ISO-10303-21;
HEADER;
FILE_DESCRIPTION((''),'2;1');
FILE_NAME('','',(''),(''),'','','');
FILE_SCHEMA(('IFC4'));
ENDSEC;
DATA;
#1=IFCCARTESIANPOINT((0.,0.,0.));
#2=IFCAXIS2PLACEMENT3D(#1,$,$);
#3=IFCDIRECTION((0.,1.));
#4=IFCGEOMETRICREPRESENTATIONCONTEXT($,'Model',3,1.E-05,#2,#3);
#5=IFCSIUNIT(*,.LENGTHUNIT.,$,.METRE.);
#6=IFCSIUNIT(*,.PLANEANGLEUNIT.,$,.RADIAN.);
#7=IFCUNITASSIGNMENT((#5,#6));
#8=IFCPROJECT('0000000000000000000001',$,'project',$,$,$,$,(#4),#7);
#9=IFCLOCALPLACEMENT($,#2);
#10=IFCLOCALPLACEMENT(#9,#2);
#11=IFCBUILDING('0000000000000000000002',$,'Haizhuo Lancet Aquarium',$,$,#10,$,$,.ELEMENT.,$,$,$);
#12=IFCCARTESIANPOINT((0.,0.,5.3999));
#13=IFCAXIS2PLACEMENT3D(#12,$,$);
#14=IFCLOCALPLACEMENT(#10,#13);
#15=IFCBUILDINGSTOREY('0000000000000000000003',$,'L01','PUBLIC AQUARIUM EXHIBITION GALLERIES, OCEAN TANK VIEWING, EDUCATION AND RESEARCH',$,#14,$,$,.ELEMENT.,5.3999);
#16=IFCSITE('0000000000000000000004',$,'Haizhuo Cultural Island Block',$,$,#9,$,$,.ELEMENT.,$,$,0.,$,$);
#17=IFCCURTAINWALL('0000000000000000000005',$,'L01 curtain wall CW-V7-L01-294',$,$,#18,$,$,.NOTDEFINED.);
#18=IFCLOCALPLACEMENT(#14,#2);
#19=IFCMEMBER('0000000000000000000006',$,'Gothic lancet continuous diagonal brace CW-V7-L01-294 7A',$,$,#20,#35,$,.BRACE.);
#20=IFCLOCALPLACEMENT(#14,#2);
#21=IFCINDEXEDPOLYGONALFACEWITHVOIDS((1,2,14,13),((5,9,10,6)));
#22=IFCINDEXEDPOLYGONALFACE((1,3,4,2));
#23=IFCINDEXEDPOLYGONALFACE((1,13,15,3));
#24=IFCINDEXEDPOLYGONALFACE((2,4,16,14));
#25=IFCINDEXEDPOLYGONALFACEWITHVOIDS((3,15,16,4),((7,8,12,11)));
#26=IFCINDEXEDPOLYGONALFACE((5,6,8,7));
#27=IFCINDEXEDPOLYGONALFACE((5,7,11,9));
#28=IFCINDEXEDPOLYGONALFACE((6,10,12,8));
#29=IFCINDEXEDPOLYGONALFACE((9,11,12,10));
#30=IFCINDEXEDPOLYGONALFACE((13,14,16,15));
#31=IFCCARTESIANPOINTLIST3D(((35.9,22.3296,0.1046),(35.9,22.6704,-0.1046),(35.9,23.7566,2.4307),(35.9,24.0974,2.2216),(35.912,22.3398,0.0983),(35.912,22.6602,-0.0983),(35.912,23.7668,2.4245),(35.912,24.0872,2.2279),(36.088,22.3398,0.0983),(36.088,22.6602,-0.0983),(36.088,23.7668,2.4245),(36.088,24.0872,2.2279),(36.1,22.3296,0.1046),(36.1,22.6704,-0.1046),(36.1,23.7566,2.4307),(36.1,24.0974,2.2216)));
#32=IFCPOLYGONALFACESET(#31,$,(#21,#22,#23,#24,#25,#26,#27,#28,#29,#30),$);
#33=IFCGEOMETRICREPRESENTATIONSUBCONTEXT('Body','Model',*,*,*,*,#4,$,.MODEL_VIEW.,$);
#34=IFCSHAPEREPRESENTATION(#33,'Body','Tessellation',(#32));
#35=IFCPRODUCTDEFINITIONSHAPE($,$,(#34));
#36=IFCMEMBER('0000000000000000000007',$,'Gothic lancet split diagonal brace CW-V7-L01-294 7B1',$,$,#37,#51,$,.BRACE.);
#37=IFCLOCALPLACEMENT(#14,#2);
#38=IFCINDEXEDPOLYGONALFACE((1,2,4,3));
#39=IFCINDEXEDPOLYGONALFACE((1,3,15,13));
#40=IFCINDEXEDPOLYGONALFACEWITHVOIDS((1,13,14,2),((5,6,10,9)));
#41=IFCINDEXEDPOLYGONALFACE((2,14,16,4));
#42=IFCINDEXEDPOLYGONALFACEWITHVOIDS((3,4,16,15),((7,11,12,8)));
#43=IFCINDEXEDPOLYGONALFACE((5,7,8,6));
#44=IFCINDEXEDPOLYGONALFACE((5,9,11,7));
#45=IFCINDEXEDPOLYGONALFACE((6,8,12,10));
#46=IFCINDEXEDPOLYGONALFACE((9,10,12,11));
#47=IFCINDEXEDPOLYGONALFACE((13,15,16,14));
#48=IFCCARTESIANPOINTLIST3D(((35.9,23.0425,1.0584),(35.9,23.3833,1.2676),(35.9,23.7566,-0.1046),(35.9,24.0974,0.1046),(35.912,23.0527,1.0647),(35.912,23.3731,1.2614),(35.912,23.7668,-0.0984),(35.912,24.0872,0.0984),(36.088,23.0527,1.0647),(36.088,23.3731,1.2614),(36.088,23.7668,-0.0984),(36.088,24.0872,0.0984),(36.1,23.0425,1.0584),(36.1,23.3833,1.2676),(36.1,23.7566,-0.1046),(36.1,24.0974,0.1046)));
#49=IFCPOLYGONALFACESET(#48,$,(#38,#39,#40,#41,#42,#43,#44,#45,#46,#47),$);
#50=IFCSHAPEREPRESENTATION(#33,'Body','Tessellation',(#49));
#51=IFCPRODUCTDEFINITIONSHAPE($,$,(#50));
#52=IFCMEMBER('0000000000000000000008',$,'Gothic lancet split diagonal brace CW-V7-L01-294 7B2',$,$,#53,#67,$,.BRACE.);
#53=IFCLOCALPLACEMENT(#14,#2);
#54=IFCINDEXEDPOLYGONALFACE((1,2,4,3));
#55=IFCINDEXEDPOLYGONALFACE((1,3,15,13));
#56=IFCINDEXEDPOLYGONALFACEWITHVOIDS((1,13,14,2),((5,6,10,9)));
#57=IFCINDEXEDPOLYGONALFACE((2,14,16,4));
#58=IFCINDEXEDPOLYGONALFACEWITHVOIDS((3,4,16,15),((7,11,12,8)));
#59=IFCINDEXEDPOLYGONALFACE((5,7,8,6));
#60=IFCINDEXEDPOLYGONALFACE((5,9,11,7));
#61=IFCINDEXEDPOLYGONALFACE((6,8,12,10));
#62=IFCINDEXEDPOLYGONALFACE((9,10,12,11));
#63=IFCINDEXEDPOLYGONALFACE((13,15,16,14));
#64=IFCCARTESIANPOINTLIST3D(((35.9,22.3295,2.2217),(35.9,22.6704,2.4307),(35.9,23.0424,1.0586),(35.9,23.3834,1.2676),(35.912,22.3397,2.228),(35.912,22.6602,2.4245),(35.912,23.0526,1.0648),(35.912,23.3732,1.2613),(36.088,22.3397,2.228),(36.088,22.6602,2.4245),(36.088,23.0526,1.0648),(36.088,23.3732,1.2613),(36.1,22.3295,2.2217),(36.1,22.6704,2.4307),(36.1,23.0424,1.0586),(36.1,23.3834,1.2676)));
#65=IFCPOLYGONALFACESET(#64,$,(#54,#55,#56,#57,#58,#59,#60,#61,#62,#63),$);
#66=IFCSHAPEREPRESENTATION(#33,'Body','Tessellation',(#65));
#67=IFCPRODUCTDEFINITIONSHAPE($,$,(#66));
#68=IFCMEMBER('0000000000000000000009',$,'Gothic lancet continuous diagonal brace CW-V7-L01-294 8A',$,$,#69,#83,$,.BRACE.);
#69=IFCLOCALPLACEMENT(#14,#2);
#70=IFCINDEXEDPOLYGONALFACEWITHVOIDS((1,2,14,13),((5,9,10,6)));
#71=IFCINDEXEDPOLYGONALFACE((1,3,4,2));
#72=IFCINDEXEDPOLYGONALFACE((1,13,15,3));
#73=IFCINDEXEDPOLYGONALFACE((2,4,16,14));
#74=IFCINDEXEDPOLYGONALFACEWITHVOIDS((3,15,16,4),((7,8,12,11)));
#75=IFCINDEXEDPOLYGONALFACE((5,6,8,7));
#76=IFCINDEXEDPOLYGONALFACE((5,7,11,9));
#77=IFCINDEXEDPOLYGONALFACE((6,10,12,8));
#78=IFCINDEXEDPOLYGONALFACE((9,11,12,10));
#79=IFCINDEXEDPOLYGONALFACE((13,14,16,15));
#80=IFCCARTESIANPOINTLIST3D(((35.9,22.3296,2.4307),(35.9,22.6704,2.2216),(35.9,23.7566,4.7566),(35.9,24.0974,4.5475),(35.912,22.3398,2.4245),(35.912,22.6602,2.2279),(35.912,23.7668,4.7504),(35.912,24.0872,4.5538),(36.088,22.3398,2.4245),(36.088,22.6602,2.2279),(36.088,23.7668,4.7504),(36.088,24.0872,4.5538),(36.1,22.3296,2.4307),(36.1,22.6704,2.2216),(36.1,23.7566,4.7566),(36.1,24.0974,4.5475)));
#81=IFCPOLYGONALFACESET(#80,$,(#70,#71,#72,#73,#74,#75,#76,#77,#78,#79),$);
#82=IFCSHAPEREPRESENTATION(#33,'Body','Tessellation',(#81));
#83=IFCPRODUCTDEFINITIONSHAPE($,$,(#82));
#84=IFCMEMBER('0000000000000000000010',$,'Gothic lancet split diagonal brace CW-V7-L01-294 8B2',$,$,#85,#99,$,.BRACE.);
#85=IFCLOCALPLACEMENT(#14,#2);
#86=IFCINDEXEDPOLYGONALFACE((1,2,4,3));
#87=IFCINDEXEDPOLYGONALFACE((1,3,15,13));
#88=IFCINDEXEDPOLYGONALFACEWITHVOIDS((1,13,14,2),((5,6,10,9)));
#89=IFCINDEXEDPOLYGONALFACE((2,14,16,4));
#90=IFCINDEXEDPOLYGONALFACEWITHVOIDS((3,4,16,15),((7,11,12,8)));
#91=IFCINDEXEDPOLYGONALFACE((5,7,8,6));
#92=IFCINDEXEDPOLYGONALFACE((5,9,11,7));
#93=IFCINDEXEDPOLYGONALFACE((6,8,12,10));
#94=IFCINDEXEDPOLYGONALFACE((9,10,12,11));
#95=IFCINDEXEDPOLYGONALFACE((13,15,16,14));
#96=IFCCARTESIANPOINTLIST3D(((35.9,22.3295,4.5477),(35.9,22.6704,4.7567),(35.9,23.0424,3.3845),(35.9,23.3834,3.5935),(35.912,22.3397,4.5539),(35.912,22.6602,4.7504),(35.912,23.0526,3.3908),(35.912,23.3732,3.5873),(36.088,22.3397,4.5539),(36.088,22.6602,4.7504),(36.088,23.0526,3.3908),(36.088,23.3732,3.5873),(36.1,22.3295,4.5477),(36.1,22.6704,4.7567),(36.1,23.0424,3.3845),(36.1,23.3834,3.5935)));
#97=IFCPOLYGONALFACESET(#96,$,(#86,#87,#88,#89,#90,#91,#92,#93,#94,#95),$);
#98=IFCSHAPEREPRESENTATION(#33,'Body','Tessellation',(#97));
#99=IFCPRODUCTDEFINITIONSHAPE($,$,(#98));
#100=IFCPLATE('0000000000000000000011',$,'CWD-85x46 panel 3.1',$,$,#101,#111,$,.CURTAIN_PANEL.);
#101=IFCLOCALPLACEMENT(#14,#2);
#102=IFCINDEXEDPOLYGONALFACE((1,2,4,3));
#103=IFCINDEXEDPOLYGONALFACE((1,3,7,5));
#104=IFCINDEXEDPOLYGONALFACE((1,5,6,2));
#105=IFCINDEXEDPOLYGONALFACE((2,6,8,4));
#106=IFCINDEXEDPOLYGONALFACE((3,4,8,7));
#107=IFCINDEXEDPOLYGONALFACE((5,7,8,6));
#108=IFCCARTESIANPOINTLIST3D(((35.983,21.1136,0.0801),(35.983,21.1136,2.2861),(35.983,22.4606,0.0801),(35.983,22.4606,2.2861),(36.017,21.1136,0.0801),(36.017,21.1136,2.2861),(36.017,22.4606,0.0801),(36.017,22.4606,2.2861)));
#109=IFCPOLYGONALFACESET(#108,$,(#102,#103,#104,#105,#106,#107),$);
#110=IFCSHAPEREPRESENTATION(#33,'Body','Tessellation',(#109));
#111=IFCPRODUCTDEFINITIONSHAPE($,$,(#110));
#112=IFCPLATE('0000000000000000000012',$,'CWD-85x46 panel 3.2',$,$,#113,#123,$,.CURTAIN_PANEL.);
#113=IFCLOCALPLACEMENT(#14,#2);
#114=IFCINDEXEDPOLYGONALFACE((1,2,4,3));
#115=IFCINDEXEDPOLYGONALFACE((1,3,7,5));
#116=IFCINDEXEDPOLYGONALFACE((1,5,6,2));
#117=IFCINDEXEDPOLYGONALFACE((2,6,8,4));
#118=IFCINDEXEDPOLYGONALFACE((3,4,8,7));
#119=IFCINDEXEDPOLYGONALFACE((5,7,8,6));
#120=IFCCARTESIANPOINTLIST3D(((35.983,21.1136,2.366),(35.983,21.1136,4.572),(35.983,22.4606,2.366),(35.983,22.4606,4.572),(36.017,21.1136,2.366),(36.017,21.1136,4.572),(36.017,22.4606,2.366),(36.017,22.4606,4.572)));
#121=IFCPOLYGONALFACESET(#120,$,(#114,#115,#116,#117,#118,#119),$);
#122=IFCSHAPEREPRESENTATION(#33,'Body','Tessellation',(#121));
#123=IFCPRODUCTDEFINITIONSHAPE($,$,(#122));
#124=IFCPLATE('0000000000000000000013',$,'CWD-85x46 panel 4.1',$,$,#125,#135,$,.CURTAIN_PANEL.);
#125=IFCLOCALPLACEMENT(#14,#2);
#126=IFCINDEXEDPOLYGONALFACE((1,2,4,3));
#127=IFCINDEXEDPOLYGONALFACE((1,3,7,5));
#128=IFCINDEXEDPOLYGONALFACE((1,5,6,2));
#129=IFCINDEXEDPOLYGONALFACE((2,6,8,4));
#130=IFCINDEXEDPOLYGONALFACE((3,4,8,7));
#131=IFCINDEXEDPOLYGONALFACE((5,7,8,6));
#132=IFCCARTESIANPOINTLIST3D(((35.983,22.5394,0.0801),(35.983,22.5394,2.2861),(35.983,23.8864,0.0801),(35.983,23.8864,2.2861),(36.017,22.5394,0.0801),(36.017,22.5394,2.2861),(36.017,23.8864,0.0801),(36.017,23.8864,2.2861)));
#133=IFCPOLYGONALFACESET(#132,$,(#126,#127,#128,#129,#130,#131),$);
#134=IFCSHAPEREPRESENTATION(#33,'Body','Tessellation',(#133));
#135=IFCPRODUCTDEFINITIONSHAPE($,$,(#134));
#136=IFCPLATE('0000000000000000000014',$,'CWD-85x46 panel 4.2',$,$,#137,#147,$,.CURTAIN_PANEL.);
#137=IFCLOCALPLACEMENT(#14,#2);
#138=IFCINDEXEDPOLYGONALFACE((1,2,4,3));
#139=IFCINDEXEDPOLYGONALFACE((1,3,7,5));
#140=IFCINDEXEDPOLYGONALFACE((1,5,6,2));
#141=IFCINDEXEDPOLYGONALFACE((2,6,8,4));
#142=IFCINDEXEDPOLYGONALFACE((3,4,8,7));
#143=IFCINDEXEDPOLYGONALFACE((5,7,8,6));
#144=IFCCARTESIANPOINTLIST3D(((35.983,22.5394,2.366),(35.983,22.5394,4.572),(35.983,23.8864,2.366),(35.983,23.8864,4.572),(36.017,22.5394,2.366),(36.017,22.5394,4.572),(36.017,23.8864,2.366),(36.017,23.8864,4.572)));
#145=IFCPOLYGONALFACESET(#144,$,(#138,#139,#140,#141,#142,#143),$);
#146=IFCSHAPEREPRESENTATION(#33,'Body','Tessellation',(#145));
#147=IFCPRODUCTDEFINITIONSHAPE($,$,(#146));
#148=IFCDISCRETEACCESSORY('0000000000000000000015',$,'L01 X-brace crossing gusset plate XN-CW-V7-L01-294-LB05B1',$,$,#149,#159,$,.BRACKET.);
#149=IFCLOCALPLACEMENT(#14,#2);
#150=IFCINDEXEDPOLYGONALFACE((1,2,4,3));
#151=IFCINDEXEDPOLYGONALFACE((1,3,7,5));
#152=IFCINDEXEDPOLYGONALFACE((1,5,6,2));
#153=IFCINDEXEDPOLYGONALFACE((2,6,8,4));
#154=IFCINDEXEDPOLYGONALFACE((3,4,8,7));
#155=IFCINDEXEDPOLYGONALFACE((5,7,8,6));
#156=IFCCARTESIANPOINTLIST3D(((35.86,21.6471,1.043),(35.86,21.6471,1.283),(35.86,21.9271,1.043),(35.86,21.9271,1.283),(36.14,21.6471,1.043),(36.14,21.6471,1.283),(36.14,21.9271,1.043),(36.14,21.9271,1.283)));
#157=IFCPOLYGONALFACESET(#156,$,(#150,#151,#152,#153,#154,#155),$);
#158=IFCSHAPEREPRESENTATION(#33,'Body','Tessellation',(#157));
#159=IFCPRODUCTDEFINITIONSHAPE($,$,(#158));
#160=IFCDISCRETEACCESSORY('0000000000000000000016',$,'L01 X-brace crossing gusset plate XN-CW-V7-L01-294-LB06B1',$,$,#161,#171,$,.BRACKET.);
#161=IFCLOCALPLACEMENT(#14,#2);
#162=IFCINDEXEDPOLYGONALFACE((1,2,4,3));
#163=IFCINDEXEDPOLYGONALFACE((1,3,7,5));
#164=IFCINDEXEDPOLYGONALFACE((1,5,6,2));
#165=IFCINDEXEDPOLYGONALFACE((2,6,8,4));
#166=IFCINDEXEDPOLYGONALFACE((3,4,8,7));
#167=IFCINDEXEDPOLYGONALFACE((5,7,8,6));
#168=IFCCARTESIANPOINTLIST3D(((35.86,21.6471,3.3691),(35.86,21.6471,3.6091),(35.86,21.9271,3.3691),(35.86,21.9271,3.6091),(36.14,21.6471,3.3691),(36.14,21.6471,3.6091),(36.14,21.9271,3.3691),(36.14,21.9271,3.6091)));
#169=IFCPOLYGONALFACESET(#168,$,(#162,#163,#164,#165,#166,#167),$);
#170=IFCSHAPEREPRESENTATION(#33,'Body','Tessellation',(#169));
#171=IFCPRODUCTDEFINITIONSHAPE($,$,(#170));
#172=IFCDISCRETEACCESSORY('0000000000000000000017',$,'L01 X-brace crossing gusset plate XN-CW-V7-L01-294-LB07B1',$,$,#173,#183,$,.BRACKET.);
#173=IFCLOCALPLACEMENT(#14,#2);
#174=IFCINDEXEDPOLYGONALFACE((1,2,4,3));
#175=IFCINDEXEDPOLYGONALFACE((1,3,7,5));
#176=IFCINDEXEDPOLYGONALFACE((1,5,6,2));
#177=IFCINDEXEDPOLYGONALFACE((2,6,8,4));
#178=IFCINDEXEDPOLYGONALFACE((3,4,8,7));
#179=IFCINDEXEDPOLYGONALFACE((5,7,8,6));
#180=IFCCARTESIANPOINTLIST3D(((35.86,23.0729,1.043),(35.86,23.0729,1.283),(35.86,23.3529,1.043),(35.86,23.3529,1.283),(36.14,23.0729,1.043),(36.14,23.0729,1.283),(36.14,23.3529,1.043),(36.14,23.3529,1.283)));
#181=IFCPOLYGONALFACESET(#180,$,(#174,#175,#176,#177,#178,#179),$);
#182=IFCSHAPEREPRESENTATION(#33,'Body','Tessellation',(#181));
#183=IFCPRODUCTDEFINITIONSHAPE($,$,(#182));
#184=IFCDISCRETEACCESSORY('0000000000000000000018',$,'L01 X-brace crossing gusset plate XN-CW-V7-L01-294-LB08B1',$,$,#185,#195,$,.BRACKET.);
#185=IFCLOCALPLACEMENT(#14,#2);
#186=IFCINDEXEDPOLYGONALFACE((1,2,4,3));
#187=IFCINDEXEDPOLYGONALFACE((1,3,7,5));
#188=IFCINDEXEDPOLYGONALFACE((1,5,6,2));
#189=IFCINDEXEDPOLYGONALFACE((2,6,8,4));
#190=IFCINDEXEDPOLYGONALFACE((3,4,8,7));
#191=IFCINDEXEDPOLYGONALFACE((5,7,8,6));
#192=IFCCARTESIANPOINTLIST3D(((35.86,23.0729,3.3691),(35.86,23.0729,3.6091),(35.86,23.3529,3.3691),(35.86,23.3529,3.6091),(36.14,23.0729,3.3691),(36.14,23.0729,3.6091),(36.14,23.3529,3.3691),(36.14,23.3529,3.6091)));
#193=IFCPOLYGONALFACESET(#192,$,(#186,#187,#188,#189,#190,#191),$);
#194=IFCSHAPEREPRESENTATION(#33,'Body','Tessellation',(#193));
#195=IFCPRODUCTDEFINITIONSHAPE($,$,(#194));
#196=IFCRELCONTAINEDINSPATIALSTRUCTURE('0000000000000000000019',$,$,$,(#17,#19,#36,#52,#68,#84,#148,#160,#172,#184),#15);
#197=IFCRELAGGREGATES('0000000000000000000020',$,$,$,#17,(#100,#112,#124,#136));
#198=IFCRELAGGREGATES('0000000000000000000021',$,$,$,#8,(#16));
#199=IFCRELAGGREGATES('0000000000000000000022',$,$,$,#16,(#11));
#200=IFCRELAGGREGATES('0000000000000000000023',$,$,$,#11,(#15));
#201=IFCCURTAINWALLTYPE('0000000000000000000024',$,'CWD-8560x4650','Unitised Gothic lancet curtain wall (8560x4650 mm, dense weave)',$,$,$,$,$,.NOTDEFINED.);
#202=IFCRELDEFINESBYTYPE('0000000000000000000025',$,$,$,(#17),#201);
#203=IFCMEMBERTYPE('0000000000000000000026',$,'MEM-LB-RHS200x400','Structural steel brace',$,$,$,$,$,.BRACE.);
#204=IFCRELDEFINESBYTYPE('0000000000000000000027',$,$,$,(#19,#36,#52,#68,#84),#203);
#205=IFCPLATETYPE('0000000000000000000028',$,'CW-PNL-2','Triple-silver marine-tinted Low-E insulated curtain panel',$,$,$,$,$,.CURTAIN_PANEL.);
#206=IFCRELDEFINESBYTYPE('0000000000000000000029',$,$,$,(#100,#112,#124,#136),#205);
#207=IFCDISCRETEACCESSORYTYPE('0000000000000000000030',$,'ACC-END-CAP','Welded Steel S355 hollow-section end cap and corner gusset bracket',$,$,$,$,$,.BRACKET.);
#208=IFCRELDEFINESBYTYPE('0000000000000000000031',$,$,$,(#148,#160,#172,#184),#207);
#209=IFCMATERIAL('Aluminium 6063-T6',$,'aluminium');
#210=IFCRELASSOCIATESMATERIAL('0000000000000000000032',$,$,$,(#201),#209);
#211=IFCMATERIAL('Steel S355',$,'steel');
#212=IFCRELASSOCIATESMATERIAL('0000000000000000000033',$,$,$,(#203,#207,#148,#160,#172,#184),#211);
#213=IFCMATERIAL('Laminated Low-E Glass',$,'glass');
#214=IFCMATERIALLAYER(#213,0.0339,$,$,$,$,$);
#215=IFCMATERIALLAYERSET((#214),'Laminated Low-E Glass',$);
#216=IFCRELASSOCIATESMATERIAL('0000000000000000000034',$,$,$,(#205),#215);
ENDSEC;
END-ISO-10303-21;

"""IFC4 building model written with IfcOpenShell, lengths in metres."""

from ifc_helpers import new_model, si_unit, direction, frame, origin, origin_2d, place, context, subcontext, project, spatial, rectangle, hollow_rectangle, extrude, material, layer, layer_set, material_profile, profile_set, type_object, element, aggregate, save


model = new_model("IFC4")

# Units and contexts
model_context = context("Model", 3, precision=1e-05, world=origin(), true_north=direction((0.0, 1.0)))
body_context = subcontext(model_context, "Body", "Model", "MODEL_VIEW")
ifc_project = project(units=[si_unit("LENGTHUNIT", "METRE"), si_unit("PLANEANGLEUNIT", "RADIAN")], contexts=[model_context])

# Site, building, storey
site_placement = place(None, origin())
site = spatial("IfcSite", under=ifc_project, at=site_placement, Name="Haizhuo Cultural Island Block", CompositionType="ELEMENT", RefElevation=0.0)
building_placement = place(site_placement, origin())
building = spatial("IfcBuilding", under=site, at=building_placement, Name="Haizhuo Lancet Aquarium", CompositionType="ELEMENT")
storey_placement = place(building_placement, frame((0.0, 0.0, 5.3999)))
storey = spatial("IfcBuildingStorey", under=building, at=storey_placement, Name="L01", Description="PUBLIC AQUARIUM EXHIBITION GALLERIES, OCEAN TANK VIEWING, EDUCATION AND RESEARCH", CompositionType="ELEMENT", Elevation=5.3999)

# Curtain wall
ifc_material_1 = material(Name="Aluminium 6063-T6", Category="aluminium")
curtain_wall_type = type_object("IfcCurtainWallType", Name="CWD-8560x4650", Description="Unitised Gothic lancet curtain wall (8560x4650 mm, dense weave)", PredefinedType="NOTDEFINED", material=ifc_material_1)
curtain_wall_placement = place(storey_placement, origin())
curtain_wall = element("IfcCurtainWall", 1, at=curtain_wall_placement, inside=storey, type_object=curtain_wall_type, Name="L01 curtain wall CW-V7-L01-294", PredefinedType="NOTDEFINED")

# Members
ifc_material_2 = material(Name="Steel S355", Category="steel")
ifc_material_profile_1 = material_profile(ifc_material_2, hollow_rectangle(XDim=0.2, YDim=0.3999, WallThickness=0.012, at=origin_2d()), Name="RHS 200x400x12")
ifc_profile_set_1 = profile_set([ifc_material_profile_1], Name="Steel S355")
member_type_1 = type_object("IfcMemberType", Name="MEM-LB-RHS200x400", Description="Structural steel brace", PredefinedType="BRACE", material=ifc_profile_set_1)
member_1_placement = place(storey_placement, frame((36.0, 22.5, 0.0), z_axis=(0.0, 0.522904, 0.852392), x_axis=(-1.0, 0.0, 0.0)))
element("IfcMember", 2, at=member_1_placement, inside=storey, type_object=member_type_1, Name="Gothic lancet continuous diagonal brace CW-V7-L01-294 7A", PredefinedType="BRACE", context=body_context, shape_type="SweptSolid", body=[
    extrude(hollow_rectangle(XDim=0.2, YDim=0.3999, WallThickness=0.012, at=origin_2d()), origin(), (0.0, 0.0, 1.0), 2.729),
])
member_2_placement = place(storey_placement, frame((36.0, 23.927, 0.0), z_axis=(0.0, -0.523229, 0.852192), x_axis=(1.0, 0.0, 0.0)))
element("IfcMember", 3, at=member_2_placement, inside=storey, type_object=member_type_1, Name="Gothic lancet split diagonal brace CW-V7-L01-294 7B1", PredefinedType="BRACE", context=body_context, shape_type="SweptSolid", body=[
    extrude(hollow_rectangle(XDim=0.2, YDim=0.3999, WallThickness=0.012, at=origin_2d()), origin(), (0.0, 0.0, 1.0), 1.3647),
])
member_3_placement = place(storey_placement, frame((36.0, 23.2129, 1.1631), z_axis=(0.0, -0.522579, 0.852591), x_axis=(1.0, 0.0, 0.0)))
element("IfcMember", 4, at=member_3_placement, inside=storey, type_object=member_type_1, Name="Gothic lancet split diagonal brace CW-V7-L01-294 7B2", PredefinedType="BRACE", context=body_context, shape_type="SweptSolid", body=[
    extrude(hollow_rectangle(XDim=0.2, YDim=0.3999, WallThickness=0.012, at=origin_2d()), origin(), (0.0, 0.0, 1.0), 1.3643),
])
member_4_placement = place(storey_placement, frame((36.0, 22.5, 2.3262), z_axis=(0.0, 0.522944, 0.852367), x_axis=(-1.0, 0.0, 0.0)))
element("IfcMember", 5, at=member_4_placement, inside=storey, type_object=member_type_1, Name="Gothic lancet continuous diagonal brace CW-V7-L01-294 8A", PredefinedType="BRACE", context=body_context, shape_type="SweptSolid", body=[
    extrude(hollow_rectangle(XDim=0.2, YDim=0.3999, WallThickness=0.012, at=origin_2d()), origin(), (0.0, 0.0, 1.0), 2.7288),
])
member_5_placement = place(storey_placement, frame((36.0, 23.2129, 3.489), z_axis=(0.0, -0.522579, 0.852591), x_axis=(1.0, 0.0, 0.0)))
element("IfcMember", 6, at=member_5_placement, inside=storey, type_object=member_type_1, Name="Gothic lancet split diagonal brace CW-V7-L01-294 8B2", PredefinedType="BRACE", context=body_context, shape_type="SweptSolid", body=[
    extrude(hollow_rectangle(XDim=0.2, YDim=0.3999, WallThickness=0.012, at=origin_2d()), origin(), (0.0, 0.0, 1.0), 1.3643),
])

# Plates
ifc_material_3 = material(Name="Laminated Low-E Glass", Category="glass")
ifc_layer = layer(ifc_material_3, 0.0339)
ifc_layer_set = layer_set([ifc_layer], Name="Laminated Low-E Glass")
plate_type = type_object("IfcPlateType", Name="CW-PNL-2", Description="Triple-silver marine-tinted Low-E insulated curtain panel", PredefinedType="CURTAIN_PANEL", material=ifc_layer_set)
plate_1_placement = place(storey_placement, frame((36.0, 21.7871, 0.0801), z_axis=(0.0, 0.0, 1.0), x_axis=(0.0, 1.0, 0.0)))
plate_1 = element("IfcPlate", 7, at=plate_1_placement, type_object=plate_type, Name="CWD-85x46 panel 3.1", PredefinedType="CURTAIN_PANEL", context=body_context, shape_type="SweptSolid", body=[
    extrude(rectangle(XDim=1.3469, YDim=0.0339, at=origin_2d()), origin(), (0.0, 0.0, 1.0), 2.2061),
])
plate_2_placement = place(storey_placement, frame((36.0, 21.7871, 2.366), z_axis=(0.0, 0.0, 1.0), x_axis=(0.0, 1.0, 0.0)))
plate_2 = element("IfcPlate", 8, at=plate_2_placement, type_object=plate_type, Name="CWD-85x46 panel 3.2", PredefinedType="CURTAIN_PANEL", context=body_context, shape_type="SweptSolid", body=[
    extrude(rectangle(XDim=1.3469, YDim=0.0339, at=origin_2d()), origin(), (0.0, 0.0, 1.0), 2.2061),
])
plate_3_placement = place(storey_placement, frame((36.0, 23.2129, 0.0801), z_axis=(0.0, 0.0, 1.0), x_axis=(0.0, 1.0, 0.0)))
plate_3 = element("IfcPlate", 9, at=plate_3_placement, type_object=plate_type, Name="CWD-85x46 panel 4.1", PredefinedType="CURTAIN_PANEL", context=body_context, shape_type="SweptSolid", body=[
    extrude(rectangle(XDim=1.3469, YDim=0.0339, at=origin_2d()), origin(), (0.0, 0.0, 1.0), 2.2061),
])
plate_4_placement = place(storey_placement, frame((36.0, 23.2129, 2.366), z_axis=(0.0, 0.0, 1.0), x_axis=(0.0, 1.0, 0.0)))
plate_4 = element("IfcPlate", 10, at=plate_4_placement, type_object=plate_type, Name="CWD-85x46 panel 4.2", PredefinedType="CURTAIN_PANEL", context=body_context, shape_type="SweptSolid", body=[
    extrude(rectangle(XDim=1.3469, YDim=0.0339, at=origin_2d()), origin(), (0.0, 0.0, 1.0), 2.2061),
])
aggregate(curtain_wall, [plate_1, plate_2, plate_3, plate_4])

# Discrete accessories
discrete_accessory_type = type_object("IfcDiscreteAccessoryType", Name="ACC-END-CAP", Description="Welded Steel S355 hollow-section end cap and corner gusset bracket", PredefinedType="BRACKET", material=ifc_material_2)
for number, where, z_axis, x_axis, name in (
    (11, (36.0, 21.7871, 1.043), (0.0, 0.0, 1.0), (1.0, 0.0, 0.0), "L01 X-brace crossing gusset plate XN-CW-V7-L01-294-LB05B1"),
    (12, (36.0, 21.7871, 3.3691), (0.0, 0.0, 1.0), (1.0, 0.0, 0.0), "L01 X-brace crossing gusset plate XN-CW-V7-L01-294-LB06B1"),
    (13, (36.0, 23.2129, 1.043), (0.0, 0.0, 1.0), (1.0, 0.0, 0.0), "L01 X-brace crossing gusset plate XN-CW-V7-L01-294-LB07B1"),
    (14, (36.0, 23.2129, 3.3691), (0.0, 0.0, 1.0), (1.0, 0.0, 0.0), "L01 X-brace crossing gusset plate XN-CW-V7-L01-294-LB08B1"),
):
    element("IfcDiscreteAccessory", number, at=place(storey_placement, frame(where, z_axis=z_axis, x_axis=x_axis)), inside=storey, type_object=discrete_accessory_type, material=ifc_material_2, Name=name, PredefinedType="BRACKET", context=body_context, shape_type="SweptSolid", body=[
        extrude(rectangle(XDim=0.28, YDim=0.28, at=origin_2d()), origin(), (0.0, 0.0, 1.0), 0.24),
    ])

save(model, "model.ifc")
